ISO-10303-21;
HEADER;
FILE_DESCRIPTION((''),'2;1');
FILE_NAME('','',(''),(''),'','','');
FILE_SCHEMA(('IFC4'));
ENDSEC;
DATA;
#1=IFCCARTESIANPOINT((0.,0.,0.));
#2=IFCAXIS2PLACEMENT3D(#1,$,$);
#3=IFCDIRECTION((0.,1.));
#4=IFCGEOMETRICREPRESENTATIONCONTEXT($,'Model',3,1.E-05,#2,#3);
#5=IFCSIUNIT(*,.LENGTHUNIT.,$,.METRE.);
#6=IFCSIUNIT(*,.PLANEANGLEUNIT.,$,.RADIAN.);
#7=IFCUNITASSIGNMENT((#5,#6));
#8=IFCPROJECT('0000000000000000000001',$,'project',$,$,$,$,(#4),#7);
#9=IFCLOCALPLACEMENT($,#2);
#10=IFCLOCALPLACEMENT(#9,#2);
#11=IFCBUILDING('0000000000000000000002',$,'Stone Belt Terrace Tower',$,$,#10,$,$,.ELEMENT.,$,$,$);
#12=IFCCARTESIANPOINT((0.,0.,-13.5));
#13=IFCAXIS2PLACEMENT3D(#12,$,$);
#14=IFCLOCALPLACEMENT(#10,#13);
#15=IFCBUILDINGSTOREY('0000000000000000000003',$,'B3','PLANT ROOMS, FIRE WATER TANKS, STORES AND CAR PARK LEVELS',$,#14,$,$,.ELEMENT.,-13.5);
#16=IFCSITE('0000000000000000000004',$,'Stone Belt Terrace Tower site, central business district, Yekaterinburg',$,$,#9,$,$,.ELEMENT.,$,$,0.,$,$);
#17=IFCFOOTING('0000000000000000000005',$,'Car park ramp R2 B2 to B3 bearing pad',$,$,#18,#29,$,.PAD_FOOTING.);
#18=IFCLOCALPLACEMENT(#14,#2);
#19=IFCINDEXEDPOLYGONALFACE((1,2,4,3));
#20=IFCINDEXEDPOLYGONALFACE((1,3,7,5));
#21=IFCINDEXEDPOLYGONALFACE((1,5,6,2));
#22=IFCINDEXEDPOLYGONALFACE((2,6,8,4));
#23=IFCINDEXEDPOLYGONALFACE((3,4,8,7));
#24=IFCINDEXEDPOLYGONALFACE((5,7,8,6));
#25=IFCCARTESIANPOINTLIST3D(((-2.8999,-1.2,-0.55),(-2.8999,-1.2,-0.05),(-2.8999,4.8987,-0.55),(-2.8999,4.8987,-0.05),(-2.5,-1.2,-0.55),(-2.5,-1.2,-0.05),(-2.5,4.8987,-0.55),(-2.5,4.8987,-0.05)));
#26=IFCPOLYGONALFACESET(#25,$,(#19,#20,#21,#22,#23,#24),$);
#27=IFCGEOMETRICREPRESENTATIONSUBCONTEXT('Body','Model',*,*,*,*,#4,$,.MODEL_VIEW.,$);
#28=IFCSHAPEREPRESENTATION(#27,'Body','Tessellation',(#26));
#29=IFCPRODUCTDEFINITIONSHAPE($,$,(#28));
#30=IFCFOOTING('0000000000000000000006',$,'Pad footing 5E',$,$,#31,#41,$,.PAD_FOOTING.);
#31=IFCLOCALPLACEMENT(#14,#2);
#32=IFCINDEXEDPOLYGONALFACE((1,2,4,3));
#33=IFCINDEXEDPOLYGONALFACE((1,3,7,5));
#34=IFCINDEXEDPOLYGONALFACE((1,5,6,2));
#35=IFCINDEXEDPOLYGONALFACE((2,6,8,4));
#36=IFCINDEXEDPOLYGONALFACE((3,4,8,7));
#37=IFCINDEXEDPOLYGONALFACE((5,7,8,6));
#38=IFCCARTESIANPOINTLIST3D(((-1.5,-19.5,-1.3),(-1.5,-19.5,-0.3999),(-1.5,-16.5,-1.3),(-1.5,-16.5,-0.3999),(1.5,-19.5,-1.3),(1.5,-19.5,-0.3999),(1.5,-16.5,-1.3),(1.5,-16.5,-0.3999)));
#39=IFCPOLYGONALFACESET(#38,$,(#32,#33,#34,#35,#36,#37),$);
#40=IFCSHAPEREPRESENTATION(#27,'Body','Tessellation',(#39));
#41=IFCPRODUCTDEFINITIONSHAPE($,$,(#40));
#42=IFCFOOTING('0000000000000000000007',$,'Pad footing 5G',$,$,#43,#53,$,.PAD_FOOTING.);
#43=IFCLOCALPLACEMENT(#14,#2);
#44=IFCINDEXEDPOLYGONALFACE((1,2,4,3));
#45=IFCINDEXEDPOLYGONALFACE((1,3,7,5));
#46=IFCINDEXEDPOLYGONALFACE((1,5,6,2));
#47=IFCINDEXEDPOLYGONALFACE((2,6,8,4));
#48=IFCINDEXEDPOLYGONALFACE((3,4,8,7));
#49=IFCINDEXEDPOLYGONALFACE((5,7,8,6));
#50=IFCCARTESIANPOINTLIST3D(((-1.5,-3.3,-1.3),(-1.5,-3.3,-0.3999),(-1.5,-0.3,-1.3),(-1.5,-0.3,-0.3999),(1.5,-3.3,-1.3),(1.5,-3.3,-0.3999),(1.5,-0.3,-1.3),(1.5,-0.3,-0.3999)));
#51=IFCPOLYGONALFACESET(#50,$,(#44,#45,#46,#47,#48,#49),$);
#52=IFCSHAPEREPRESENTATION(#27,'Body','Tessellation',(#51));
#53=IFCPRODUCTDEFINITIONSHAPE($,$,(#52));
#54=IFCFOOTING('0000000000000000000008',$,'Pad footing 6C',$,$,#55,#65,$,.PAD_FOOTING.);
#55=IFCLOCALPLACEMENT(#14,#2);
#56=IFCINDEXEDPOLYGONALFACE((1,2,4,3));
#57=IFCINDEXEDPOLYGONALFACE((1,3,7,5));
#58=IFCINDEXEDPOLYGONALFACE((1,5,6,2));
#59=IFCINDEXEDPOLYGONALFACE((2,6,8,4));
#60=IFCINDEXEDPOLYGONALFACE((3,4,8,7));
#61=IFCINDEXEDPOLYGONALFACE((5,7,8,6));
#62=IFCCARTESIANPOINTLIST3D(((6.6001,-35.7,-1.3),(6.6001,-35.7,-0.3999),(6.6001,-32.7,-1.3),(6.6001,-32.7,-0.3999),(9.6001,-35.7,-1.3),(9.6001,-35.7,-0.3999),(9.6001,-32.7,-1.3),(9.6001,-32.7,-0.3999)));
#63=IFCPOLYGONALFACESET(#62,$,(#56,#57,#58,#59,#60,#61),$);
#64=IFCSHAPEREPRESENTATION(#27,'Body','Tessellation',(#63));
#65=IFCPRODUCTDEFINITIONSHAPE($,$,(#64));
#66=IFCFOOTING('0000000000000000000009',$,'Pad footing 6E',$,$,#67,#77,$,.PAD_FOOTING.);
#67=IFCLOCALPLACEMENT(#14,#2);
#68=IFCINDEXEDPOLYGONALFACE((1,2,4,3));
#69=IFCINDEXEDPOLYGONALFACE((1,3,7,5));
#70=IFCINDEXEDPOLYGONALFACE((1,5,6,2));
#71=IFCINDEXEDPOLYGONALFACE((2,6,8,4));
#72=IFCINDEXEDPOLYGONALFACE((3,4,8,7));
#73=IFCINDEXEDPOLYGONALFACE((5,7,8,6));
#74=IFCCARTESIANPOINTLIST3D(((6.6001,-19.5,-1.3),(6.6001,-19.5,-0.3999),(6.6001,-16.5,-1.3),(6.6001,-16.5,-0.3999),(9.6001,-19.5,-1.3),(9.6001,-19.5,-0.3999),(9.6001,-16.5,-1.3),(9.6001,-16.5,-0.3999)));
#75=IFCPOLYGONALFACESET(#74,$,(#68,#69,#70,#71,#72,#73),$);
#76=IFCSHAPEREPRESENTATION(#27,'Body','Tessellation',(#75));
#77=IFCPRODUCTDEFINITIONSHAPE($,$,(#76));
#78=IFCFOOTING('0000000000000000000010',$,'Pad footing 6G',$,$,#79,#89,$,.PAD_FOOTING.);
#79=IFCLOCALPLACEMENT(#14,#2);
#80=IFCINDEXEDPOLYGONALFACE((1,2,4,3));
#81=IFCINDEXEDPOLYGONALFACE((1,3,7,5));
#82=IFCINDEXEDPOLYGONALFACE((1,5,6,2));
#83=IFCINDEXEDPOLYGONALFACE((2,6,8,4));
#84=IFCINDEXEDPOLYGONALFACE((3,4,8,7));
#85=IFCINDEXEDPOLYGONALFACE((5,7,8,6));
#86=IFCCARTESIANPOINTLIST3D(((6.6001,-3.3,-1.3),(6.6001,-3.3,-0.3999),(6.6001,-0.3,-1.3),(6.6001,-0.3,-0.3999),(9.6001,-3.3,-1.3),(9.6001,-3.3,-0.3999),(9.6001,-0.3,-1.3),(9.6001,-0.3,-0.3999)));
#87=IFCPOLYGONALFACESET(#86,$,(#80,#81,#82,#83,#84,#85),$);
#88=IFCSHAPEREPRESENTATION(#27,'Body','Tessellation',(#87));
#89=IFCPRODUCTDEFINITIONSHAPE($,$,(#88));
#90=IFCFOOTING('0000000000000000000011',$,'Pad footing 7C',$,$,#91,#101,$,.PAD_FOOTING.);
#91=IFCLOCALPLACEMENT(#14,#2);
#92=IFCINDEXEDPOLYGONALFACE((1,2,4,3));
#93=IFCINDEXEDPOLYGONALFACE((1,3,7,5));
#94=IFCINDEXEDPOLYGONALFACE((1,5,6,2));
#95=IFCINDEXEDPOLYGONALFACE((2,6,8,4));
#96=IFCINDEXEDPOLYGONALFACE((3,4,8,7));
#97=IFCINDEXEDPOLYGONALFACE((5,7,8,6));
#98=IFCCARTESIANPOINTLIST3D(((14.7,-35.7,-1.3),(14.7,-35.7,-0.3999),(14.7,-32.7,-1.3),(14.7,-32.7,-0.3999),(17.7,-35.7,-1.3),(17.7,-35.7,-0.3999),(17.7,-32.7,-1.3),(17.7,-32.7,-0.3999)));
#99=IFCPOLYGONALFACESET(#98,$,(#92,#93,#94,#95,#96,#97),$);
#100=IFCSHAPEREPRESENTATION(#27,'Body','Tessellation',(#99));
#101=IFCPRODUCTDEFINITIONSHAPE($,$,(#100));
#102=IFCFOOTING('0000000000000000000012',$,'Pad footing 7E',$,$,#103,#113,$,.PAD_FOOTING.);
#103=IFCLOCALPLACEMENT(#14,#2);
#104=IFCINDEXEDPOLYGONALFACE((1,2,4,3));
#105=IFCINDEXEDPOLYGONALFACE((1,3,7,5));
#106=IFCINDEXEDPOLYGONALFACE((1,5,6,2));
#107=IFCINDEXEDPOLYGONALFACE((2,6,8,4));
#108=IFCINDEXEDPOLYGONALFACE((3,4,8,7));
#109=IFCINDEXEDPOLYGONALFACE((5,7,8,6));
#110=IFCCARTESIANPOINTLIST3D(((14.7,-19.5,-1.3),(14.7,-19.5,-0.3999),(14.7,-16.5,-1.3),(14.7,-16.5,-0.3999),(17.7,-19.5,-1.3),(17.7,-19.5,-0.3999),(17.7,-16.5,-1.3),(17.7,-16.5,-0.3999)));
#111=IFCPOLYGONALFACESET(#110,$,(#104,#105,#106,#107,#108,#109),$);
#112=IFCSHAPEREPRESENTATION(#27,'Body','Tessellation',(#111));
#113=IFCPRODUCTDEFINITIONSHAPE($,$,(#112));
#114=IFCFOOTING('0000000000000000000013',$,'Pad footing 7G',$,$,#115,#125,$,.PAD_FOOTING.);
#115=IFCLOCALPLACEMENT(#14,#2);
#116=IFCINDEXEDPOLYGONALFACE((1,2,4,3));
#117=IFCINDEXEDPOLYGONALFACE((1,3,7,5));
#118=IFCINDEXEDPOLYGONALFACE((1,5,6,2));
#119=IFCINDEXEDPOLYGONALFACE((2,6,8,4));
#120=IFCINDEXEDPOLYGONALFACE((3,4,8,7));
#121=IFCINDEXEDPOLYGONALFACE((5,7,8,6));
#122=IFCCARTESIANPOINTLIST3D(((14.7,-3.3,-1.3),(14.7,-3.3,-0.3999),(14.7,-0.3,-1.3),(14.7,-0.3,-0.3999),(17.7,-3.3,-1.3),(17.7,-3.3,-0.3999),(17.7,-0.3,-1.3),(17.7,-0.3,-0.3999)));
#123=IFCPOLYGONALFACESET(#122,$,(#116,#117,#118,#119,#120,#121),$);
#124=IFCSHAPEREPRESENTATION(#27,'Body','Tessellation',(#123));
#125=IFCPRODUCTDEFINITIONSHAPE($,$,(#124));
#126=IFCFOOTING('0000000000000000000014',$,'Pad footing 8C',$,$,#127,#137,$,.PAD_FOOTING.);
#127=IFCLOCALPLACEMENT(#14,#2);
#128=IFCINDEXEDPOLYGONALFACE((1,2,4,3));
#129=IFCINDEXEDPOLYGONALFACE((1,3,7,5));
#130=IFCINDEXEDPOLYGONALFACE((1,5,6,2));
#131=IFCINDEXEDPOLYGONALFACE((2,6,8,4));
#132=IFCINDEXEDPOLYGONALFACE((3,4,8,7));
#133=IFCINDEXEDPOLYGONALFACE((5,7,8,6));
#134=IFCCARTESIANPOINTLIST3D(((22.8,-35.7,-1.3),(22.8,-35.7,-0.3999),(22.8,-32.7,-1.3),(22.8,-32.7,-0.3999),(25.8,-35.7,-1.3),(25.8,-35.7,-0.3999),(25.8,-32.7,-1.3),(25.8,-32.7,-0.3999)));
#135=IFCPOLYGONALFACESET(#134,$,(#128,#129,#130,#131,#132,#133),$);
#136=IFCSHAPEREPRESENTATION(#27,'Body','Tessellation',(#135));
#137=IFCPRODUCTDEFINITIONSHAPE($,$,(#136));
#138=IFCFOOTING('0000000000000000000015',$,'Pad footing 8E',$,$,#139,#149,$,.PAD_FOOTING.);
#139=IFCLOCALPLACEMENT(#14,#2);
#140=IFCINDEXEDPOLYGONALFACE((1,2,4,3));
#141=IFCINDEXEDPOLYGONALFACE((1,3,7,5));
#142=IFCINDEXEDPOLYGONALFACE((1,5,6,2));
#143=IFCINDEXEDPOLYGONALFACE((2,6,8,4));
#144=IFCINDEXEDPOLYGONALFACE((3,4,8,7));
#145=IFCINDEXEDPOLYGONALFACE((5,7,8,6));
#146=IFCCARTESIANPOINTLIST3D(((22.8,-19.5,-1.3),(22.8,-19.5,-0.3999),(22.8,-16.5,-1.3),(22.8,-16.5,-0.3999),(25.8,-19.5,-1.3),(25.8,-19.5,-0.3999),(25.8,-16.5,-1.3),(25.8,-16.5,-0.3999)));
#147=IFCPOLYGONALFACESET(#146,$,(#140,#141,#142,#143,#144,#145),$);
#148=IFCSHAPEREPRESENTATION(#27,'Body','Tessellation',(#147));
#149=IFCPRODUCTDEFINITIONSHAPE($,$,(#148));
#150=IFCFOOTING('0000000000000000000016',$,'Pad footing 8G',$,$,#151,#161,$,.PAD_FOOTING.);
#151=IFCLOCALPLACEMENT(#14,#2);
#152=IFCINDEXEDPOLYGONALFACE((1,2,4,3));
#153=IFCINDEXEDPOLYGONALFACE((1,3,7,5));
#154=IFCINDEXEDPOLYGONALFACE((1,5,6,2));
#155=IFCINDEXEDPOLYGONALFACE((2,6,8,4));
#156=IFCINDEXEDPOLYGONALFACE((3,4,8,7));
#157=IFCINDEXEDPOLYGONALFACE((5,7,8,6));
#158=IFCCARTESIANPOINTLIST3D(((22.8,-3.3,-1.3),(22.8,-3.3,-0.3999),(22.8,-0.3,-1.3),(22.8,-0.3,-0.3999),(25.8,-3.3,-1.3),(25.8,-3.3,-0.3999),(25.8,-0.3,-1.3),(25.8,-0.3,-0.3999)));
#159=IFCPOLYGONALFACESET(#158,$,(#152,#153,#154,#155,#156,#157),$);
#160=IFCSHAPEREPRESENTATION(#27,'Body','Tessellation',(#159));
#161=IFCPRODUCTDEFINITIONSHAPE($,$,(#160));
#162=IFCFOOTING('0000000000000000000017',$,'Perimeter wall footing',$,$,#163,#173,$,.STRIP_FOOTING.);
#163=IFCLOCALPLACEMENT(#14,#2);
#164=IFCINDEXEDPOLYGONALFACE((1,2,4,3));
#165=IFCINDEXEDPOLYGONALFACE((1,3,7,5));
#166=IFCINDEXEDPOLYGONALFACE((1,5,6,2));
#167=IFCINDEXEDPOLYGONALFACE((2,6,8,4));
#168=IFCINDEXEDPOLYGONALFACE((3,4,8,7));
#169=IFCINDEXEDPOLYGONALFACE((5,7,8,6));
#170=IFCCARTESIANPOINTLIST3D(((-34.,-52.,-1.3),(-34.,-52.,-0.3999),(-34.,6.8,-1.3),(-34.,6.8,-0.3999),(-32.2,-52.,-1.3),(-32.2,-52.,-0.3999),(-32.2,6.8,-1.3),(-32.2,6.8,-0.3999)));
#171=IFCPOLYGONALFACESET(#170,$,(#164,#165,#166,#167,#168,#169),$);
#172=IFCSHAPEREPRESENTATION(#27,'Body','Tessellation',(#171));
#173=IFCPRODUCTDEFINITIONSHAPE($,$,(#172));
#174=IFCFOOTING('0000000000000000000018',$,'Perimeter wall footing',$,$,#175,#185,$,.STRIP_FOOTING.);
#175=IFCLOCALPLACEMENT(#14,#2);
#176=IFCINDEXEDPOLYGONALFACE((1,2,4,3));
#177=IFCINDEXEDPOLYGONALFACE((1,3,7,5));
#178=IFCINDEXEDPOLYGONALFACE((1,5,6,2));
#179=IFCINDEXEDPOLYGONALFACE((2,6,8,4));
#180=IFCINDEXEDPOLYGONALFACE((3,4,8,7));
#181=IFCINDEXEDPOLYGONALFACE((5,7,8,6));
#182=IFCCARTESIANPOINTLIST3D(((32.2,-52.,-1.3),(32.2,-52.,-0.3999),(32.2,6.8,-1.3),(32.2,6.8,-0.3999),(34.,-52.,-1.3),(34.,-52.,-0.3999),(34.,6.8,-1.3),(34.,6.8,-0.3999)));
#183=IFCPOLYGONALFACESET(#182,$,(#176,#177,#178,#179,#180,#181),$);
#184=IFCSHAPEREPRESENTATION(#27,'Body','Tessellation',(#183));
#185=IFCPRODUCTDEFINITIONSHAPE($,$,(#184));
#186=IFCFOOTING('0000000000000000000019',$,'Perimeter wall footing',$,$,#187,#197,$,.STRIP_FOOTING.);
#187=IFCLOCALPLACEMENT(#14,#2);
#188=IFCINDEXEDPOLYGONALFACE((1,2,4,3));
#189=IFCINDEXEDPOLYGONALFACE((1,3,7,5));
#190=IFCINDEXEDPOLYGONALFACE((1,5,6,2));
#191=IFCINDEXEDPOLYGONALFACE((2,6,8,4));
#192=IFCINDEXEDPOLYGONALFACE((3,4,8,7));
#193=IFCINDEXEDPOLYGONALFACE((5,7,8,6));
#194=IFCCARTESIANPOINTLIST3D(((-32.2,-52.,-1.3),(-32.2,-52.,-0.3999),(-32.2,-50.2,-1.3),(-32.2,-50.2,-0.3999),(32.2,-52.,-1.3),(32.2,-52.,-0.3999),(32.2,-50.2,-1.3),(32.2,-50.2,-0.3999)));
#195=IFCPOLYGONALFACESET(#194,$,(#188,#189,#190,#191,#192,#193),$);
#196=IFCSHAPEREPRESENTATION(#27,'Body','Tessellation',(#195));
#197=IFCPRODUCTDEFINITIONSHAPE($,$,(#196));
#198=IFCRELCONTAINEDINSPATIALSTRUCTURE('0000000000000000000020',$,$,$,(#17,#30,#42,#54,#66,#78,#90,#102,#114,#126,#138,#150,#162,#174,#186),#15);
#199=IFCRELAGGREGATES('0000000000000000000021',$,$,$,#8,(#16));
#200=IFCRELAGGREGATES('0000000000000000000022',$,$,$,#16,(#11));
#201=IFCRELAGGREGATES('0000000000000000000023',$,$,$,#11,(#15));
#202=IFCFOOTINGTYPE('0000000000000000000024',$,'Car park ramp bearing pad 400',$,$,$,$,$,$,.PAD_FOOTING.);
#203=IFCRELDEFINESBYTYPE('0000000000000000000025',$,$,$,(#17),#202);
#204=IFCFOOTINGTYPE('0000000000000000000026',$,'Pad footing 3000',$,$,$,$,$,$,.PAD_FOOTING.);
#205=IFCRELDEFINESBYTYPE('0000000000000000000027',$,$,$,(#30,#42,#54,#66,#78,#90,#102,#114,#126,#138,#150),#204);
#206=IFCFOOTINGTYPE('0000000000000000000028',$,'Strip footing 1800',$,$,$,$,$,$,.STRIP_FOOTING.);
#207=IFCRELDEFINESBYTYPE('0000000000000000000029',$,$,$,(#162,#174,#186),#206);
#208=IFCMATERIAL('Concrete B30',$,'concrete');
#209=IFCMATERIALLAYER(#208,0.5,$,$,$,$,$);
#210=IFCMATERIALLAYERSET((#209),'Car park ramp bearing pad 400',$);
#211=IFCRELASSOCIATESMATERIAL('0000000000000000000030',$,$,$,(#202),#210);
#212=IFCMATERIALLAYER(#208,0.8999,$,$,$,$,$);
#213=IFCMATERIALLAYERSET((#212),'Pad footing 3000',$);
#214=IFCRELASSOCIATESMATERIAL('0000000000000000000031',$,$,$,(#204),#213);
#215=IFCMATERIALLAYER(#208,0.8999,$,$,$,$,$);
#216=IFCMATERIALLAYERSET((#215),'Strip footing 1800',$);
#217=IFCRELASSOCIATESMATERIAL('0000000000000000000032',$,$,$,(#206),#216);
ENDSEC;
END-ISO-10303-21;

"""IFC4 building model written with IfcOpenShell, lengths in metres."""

from ifc_helpers import new_model, si_unit, direction, frame, origin, place, context, subcontext, project, spatial, polyline, outline, extrude, material, layer, layer_set, type_object, element, save


model = new_model("IFC4")

# Units and contexts
model_context = context("Model", 3, precision=1e-05, world=origin(), true_north=direction((0.0, 1.0)))
body_context = subcontext(model_context, "Body", "Model", "MODEL_VIEW")
ifc_project = project(units=[si_unit("LENGTHUNIT", "METRE"), si_unit("PLANEANGLEUNIT", "RADIAN")], contexts=[model_context])

# Site, building, storey
site_placement = place(None, origin())
site = spatial("IfcSite", under=ifc_project, at=site_placement, Name="Stone Belt Terrace Tower site, central business district, Yekaterinburg", CompositionType="ELEMENT", RefElevation=0.0)
building_placement = place(site_placement, origin())
building = spatial("IfcBuilding", under=site, at=building_placement, Name="Stone Belt Terrace Tower", CompositionType="ELEMENT")
storey_placement = place(building_placement, frame((0.0, 0.0, -13.5)))
storey = spatial("IfcBuildingStorey", under=building, at=storey_placement, Name="B3", Description="PLANT ROOMS, FIRE WATER TANKS, STORES AND CAR PARK LEVELS", CompositionType="ELEMENT", Elevation=-13.5)

# Footings
ifc_material_1 = material(Name="Concrete B30", Category="concrete")
ifc_layer_1 = layer(ifc_material_1, 0.5)
ifc_layer_set_1 = layer_set([ifc_layer_1], Name="Car park ramp bearing pad 400")
footing_type_1 = type_object("IfcFootingType", Name="Car park ramp bearing pad 400", PredefinedType="PAD_FOOTING", material=ifc_layer_set_1)
footing_1_placement = place(storey_placement, frame((0.0, 0.0, -0.55)))
element("IfcFooting", 1, at=footing_1_placement, inside=storey, type_object=footing_type_1, Name="Car park ramp R2 B2 to B3 bearing pad", PredefinedType="PAD_FOOTING", context=body_context, shape_type="SweptSolid", body=[
    extrude(outline(polyline([(-2.8999, -1.2), (-2.5, -1.2), (-2.5, 4.8987), (-2.8999, 4.8987), (-2.8999, -1.2)])), origin(), (0.0, 0.0, 1.0), 0.5),
])
ifc_layer_2 = layer(ifc_material_1, 0.8999)
ifc_layer_set_2 = layer_set([ifc_layer_2], Name="Pad footing 3000")
footing_type_2 = type_object("IfcFootingType", Name="Pad footing 3000", PredefinedType="PAD_FOOTING", material=ifc_layer_set_2)
footing_2_placement = place(storey_placement, frame((0.0, 0.0, -1.3)))
element("IfcFooting", 2, at=footing_2_placement, inside=storey, type_object=footing_type_2, Name="Pad footing 5E", PredefinedType="PAD_FOOTING", context=body_context, shape_type="SweptSolid", body=[
    extrude(outline(polyline([(-1.5, -19.5), (1.5, -19.5), (1.5, -16.5), (-1.5, -16.5), (-1.5, -19.5)])), origin(), (0.0, 0.0, 1.0), 0.9001),
])
footing_3_placement = place(storey_placement, frame((0.0, 0.0, -1.3)))
element("IfcFooting", 3, at=footing_3_placement, inside=storey, type_object=footing_type_2, Name="Pad footing 5G", PredefinedType="PAD_FOOTING", context=body_context, shape_type="SweptSolid", body=[
    extrude(outline(polyline([(-1.5, -3.3), (1.5, -3.3), (1.5, -0.3), (-1.5, -0.3), (-1.5, -3.3)])), origin(), (0.0, 0.0, 1.0), 0.9001),
])
footing_4_placement = place(storey_placement, frame((0.0, 0.0, -1.3)))
element("IfcFooting", 4, at=footing_4_placement, inside=storey, type_object=footing_type_2, Name="Pad footing 6C", PredefinedType="PAD_FOOTING", context=body_context, shape_type="SweptSolid", body=[
    extrude(outline(polyline([(6.6001, -35.7), (9.6001, -35.7), (9.6001, -32.7), (6.6001, -32.7), (6.6001, -35.7)])), origin(), (0.0, 0.0, 1.0), 0.9001),
])
footing_5_placement = place(storey_placement, frame((0.0, 0.0, -1.3)))
element("IfcFooting", 5, at=footing_5_placement, inside=storey, type_object=footing_type_2, Name="Pad footing 6E", PredefinedType="PAD_FOOTING", context=body_context, shape_type="SweptSolid", body=[
    extrude(outline(polyline([(6.6001, -19.5), (9.6001, -19.5), (9.6001, -16.5), (6.6001, -16.5), (6.6001, -19.5)])), origin(), (0.0, 0.0, 1.0), 0.9001),
])
footing_6_placement = place(storey_placement, frame((0.0, 0.0, -1.3)))
element("IfcFooting", 6, at=footing_6_placement, inside=storey, type_object=footing_type_2, Name="Pad footing 6G", PredefinedType="PAD_FOOTING", context=body_context, shape_type="SweptSolid", body=[
    extrude(outline(polyline([(6.6001, -3.3), (9.6001, -3.3), (9.6001, -0.3), (6.6001, -0.3), (6.6001, -3.3)])), origin(), (0.0, 0.0, 1.0), 0.9001),
])
footing_7_placement = place(storey_placement, frame((0.0, 0.0, -1.3)))
element("IfcFooting", 7, at=footing_7_placement, inside=storey, type_object=footing_type_2, Name="Pad footing 7C", PredefinedType="PAD_FOOTING", context=body_context, shape_type="SweptSolid", body=[
    extrude(outline(polyline([(14.7, -35.7), (17.7, -35.7), (17.7, -32.7), (14.7, -32.7), (14.7, -35.7)])), origin(), (0.0, 0.0, 1.0), 0.9001),
])
footing_8_placement = place(storey_placement, frame((0.0, 0.0, -1.3)))
element("IfcFooting", 8, at=footing_8_placement, inside=storey, type_object=footing_type_2, Name="Pad footing 7E", PredefinedType="PAD_FOOTING", context=body_context, shape_type="SweptSolid", body=[
    extrude(outline(polyline([(14.7, -19.5), (17.7, -19.5), (17.7, -16.5), (14.7, -16.5), (14.7, -19.5)])), origin(), (0.0, 0.0, 1.0), 0.9001),
])
footing_9_placement = place(storey_placement, frame((0.0, 0.0, -1.3)))
element("IfcFooting", 9, at=footing_9_placement, inside=storey, type_object=footing_type_2, Name="Pad footing 7G", PredefinedType="PAD_FOOTING", context=body_context, shape_type="SweptSolid", body=[
    extrude(outline(polyline([(14.7, -3.3), (17.7, -3.3), (17.7, -0.3), (14.7, -0.3), (14.7, -3.3)])), origin(), (0.0, 0.0, 1.0), 0.9001),
])
footing_10_placement = place(storey_placement, frame((0.0, 0.0, -1.3)))
element("IfcFooting", 10, at=footing_10_placement, inside=storey, type_object=footing_type_2, Name="Pad footing 8C", PredefinedType="PAD_FOOTING", context=body_context, shape_type="SweptSolid", body=[
    extrude(outline(polyline([(22.8, -35.7), (25.8, -35.7), (25.8, -32.7), (22.8, -32.7), (22.8, -35.7)])), origin(), (0.0, 0.0, 1.0), 0.9001),
])
footing_11_placement = place(storey_placement, frame((0.0, 0.0, -1.3)))
element("IfcFooting", 11, at=footing_11_placement, inside=storey, type_object=footing_type_2, Name="Pad footing 8E", PredefinedType="PAD_FOOTING", context=body_context, shape_type="SweptSolid", body=[
    extrude(outline(polyline([(22.8, -19.5), (25.8, -19.5), (25.8, -16.5), (22.8, -16.5), (22.8, -19.5)])), origin(), (0.0, 0.0, 1.0), 0.9001),
])
footing_12_placement = place(storey_placement, frame((0.0, 0.0, -1.3)))
element("IfcFooting", 12, at=footing_12_placement, inside=storey, type_object=footing_type_2, Name="Pad footing 8G", PredefinedType="PAD_FOOTING", context=body_context, shape_type="SweptSolid", body=[
    extrude(outline(polyline([(22.8, -3.3), (25.8, -3.3), (25.8, -0.3), (22.8, -0.3), (22.8, -3.3)])), origin(), (0.0, 0.0, 1.0), 0.9001),
])
ifc_layer_3 = layer(ifc_material_1, 0.8999)
ifc_layer_set_3 = layer_set([ifc_layer_3], Name="Strip footing 1800")
footing_type_3 = type_object("IfcFootingType", Name="Strip footing 1800", PredefinedType="STRIP_FOOTING", material=ifc_layer_set_3)
footing_13_placement = place(storey_placement, frame((0.0, 0.0, -1.3)))
element("IfcFooting", 13, at=footing_13_placement, inside=storey, type_object=footing_type_3, Name="Perimeter wall footing", PredefinedType="STRIP_FOOTING", context=body_context, shape_type="SweptSolid", body=[
    extrude(outline(polyline([(-34.0, -52.0), (-32.2, -52.0), (-32.2, 6.8), (-34.0, 6.8), (-34.0, -52.0)])), origin(), (0.0, 0.0, 1.0), 0.9001),
])
footing_14_placement = place(storey_placement, frame((0.0, 0.0, -1.3)))
element("IfcFooting", 14, at=footing_14_placement, inside=storey, type_object=footing_type_3, Name="Perimeter wall footing", PredefinedType="STRIP_FOOTING", context=body_context, shape_type="SweptSolid", body=[
    extrude(outline(polyline([(32.2, -52.0), (34.0, -52.0), (34.0, 6.8), (32.2, 6.8), (32.2, -52.0)])), origin(), (0.0, 0.0, 1.0), 0.9001),
])
footing_15_placement = place(storey_placement, frame((0.0, 0.0, -1.3)))
element("IfcFooting", 15, at=footing_15_placement, inside=storey, type_object=footing_type_3, Name="Perimeter wall footing", PredefinedType="STRIP_FOOTING", context=body_context, shape_type="SweptSolid", body=[
    extrude(outline(polyline([(-32.2, -52.0), (32.2, -52.0), (32.2, -50.2), (-32.2, -50.2), (-32.2, -52.0)])), origin(), (0.0, 0.0, 1.0), 0.9001),
])

save(model, "model.ifc")
